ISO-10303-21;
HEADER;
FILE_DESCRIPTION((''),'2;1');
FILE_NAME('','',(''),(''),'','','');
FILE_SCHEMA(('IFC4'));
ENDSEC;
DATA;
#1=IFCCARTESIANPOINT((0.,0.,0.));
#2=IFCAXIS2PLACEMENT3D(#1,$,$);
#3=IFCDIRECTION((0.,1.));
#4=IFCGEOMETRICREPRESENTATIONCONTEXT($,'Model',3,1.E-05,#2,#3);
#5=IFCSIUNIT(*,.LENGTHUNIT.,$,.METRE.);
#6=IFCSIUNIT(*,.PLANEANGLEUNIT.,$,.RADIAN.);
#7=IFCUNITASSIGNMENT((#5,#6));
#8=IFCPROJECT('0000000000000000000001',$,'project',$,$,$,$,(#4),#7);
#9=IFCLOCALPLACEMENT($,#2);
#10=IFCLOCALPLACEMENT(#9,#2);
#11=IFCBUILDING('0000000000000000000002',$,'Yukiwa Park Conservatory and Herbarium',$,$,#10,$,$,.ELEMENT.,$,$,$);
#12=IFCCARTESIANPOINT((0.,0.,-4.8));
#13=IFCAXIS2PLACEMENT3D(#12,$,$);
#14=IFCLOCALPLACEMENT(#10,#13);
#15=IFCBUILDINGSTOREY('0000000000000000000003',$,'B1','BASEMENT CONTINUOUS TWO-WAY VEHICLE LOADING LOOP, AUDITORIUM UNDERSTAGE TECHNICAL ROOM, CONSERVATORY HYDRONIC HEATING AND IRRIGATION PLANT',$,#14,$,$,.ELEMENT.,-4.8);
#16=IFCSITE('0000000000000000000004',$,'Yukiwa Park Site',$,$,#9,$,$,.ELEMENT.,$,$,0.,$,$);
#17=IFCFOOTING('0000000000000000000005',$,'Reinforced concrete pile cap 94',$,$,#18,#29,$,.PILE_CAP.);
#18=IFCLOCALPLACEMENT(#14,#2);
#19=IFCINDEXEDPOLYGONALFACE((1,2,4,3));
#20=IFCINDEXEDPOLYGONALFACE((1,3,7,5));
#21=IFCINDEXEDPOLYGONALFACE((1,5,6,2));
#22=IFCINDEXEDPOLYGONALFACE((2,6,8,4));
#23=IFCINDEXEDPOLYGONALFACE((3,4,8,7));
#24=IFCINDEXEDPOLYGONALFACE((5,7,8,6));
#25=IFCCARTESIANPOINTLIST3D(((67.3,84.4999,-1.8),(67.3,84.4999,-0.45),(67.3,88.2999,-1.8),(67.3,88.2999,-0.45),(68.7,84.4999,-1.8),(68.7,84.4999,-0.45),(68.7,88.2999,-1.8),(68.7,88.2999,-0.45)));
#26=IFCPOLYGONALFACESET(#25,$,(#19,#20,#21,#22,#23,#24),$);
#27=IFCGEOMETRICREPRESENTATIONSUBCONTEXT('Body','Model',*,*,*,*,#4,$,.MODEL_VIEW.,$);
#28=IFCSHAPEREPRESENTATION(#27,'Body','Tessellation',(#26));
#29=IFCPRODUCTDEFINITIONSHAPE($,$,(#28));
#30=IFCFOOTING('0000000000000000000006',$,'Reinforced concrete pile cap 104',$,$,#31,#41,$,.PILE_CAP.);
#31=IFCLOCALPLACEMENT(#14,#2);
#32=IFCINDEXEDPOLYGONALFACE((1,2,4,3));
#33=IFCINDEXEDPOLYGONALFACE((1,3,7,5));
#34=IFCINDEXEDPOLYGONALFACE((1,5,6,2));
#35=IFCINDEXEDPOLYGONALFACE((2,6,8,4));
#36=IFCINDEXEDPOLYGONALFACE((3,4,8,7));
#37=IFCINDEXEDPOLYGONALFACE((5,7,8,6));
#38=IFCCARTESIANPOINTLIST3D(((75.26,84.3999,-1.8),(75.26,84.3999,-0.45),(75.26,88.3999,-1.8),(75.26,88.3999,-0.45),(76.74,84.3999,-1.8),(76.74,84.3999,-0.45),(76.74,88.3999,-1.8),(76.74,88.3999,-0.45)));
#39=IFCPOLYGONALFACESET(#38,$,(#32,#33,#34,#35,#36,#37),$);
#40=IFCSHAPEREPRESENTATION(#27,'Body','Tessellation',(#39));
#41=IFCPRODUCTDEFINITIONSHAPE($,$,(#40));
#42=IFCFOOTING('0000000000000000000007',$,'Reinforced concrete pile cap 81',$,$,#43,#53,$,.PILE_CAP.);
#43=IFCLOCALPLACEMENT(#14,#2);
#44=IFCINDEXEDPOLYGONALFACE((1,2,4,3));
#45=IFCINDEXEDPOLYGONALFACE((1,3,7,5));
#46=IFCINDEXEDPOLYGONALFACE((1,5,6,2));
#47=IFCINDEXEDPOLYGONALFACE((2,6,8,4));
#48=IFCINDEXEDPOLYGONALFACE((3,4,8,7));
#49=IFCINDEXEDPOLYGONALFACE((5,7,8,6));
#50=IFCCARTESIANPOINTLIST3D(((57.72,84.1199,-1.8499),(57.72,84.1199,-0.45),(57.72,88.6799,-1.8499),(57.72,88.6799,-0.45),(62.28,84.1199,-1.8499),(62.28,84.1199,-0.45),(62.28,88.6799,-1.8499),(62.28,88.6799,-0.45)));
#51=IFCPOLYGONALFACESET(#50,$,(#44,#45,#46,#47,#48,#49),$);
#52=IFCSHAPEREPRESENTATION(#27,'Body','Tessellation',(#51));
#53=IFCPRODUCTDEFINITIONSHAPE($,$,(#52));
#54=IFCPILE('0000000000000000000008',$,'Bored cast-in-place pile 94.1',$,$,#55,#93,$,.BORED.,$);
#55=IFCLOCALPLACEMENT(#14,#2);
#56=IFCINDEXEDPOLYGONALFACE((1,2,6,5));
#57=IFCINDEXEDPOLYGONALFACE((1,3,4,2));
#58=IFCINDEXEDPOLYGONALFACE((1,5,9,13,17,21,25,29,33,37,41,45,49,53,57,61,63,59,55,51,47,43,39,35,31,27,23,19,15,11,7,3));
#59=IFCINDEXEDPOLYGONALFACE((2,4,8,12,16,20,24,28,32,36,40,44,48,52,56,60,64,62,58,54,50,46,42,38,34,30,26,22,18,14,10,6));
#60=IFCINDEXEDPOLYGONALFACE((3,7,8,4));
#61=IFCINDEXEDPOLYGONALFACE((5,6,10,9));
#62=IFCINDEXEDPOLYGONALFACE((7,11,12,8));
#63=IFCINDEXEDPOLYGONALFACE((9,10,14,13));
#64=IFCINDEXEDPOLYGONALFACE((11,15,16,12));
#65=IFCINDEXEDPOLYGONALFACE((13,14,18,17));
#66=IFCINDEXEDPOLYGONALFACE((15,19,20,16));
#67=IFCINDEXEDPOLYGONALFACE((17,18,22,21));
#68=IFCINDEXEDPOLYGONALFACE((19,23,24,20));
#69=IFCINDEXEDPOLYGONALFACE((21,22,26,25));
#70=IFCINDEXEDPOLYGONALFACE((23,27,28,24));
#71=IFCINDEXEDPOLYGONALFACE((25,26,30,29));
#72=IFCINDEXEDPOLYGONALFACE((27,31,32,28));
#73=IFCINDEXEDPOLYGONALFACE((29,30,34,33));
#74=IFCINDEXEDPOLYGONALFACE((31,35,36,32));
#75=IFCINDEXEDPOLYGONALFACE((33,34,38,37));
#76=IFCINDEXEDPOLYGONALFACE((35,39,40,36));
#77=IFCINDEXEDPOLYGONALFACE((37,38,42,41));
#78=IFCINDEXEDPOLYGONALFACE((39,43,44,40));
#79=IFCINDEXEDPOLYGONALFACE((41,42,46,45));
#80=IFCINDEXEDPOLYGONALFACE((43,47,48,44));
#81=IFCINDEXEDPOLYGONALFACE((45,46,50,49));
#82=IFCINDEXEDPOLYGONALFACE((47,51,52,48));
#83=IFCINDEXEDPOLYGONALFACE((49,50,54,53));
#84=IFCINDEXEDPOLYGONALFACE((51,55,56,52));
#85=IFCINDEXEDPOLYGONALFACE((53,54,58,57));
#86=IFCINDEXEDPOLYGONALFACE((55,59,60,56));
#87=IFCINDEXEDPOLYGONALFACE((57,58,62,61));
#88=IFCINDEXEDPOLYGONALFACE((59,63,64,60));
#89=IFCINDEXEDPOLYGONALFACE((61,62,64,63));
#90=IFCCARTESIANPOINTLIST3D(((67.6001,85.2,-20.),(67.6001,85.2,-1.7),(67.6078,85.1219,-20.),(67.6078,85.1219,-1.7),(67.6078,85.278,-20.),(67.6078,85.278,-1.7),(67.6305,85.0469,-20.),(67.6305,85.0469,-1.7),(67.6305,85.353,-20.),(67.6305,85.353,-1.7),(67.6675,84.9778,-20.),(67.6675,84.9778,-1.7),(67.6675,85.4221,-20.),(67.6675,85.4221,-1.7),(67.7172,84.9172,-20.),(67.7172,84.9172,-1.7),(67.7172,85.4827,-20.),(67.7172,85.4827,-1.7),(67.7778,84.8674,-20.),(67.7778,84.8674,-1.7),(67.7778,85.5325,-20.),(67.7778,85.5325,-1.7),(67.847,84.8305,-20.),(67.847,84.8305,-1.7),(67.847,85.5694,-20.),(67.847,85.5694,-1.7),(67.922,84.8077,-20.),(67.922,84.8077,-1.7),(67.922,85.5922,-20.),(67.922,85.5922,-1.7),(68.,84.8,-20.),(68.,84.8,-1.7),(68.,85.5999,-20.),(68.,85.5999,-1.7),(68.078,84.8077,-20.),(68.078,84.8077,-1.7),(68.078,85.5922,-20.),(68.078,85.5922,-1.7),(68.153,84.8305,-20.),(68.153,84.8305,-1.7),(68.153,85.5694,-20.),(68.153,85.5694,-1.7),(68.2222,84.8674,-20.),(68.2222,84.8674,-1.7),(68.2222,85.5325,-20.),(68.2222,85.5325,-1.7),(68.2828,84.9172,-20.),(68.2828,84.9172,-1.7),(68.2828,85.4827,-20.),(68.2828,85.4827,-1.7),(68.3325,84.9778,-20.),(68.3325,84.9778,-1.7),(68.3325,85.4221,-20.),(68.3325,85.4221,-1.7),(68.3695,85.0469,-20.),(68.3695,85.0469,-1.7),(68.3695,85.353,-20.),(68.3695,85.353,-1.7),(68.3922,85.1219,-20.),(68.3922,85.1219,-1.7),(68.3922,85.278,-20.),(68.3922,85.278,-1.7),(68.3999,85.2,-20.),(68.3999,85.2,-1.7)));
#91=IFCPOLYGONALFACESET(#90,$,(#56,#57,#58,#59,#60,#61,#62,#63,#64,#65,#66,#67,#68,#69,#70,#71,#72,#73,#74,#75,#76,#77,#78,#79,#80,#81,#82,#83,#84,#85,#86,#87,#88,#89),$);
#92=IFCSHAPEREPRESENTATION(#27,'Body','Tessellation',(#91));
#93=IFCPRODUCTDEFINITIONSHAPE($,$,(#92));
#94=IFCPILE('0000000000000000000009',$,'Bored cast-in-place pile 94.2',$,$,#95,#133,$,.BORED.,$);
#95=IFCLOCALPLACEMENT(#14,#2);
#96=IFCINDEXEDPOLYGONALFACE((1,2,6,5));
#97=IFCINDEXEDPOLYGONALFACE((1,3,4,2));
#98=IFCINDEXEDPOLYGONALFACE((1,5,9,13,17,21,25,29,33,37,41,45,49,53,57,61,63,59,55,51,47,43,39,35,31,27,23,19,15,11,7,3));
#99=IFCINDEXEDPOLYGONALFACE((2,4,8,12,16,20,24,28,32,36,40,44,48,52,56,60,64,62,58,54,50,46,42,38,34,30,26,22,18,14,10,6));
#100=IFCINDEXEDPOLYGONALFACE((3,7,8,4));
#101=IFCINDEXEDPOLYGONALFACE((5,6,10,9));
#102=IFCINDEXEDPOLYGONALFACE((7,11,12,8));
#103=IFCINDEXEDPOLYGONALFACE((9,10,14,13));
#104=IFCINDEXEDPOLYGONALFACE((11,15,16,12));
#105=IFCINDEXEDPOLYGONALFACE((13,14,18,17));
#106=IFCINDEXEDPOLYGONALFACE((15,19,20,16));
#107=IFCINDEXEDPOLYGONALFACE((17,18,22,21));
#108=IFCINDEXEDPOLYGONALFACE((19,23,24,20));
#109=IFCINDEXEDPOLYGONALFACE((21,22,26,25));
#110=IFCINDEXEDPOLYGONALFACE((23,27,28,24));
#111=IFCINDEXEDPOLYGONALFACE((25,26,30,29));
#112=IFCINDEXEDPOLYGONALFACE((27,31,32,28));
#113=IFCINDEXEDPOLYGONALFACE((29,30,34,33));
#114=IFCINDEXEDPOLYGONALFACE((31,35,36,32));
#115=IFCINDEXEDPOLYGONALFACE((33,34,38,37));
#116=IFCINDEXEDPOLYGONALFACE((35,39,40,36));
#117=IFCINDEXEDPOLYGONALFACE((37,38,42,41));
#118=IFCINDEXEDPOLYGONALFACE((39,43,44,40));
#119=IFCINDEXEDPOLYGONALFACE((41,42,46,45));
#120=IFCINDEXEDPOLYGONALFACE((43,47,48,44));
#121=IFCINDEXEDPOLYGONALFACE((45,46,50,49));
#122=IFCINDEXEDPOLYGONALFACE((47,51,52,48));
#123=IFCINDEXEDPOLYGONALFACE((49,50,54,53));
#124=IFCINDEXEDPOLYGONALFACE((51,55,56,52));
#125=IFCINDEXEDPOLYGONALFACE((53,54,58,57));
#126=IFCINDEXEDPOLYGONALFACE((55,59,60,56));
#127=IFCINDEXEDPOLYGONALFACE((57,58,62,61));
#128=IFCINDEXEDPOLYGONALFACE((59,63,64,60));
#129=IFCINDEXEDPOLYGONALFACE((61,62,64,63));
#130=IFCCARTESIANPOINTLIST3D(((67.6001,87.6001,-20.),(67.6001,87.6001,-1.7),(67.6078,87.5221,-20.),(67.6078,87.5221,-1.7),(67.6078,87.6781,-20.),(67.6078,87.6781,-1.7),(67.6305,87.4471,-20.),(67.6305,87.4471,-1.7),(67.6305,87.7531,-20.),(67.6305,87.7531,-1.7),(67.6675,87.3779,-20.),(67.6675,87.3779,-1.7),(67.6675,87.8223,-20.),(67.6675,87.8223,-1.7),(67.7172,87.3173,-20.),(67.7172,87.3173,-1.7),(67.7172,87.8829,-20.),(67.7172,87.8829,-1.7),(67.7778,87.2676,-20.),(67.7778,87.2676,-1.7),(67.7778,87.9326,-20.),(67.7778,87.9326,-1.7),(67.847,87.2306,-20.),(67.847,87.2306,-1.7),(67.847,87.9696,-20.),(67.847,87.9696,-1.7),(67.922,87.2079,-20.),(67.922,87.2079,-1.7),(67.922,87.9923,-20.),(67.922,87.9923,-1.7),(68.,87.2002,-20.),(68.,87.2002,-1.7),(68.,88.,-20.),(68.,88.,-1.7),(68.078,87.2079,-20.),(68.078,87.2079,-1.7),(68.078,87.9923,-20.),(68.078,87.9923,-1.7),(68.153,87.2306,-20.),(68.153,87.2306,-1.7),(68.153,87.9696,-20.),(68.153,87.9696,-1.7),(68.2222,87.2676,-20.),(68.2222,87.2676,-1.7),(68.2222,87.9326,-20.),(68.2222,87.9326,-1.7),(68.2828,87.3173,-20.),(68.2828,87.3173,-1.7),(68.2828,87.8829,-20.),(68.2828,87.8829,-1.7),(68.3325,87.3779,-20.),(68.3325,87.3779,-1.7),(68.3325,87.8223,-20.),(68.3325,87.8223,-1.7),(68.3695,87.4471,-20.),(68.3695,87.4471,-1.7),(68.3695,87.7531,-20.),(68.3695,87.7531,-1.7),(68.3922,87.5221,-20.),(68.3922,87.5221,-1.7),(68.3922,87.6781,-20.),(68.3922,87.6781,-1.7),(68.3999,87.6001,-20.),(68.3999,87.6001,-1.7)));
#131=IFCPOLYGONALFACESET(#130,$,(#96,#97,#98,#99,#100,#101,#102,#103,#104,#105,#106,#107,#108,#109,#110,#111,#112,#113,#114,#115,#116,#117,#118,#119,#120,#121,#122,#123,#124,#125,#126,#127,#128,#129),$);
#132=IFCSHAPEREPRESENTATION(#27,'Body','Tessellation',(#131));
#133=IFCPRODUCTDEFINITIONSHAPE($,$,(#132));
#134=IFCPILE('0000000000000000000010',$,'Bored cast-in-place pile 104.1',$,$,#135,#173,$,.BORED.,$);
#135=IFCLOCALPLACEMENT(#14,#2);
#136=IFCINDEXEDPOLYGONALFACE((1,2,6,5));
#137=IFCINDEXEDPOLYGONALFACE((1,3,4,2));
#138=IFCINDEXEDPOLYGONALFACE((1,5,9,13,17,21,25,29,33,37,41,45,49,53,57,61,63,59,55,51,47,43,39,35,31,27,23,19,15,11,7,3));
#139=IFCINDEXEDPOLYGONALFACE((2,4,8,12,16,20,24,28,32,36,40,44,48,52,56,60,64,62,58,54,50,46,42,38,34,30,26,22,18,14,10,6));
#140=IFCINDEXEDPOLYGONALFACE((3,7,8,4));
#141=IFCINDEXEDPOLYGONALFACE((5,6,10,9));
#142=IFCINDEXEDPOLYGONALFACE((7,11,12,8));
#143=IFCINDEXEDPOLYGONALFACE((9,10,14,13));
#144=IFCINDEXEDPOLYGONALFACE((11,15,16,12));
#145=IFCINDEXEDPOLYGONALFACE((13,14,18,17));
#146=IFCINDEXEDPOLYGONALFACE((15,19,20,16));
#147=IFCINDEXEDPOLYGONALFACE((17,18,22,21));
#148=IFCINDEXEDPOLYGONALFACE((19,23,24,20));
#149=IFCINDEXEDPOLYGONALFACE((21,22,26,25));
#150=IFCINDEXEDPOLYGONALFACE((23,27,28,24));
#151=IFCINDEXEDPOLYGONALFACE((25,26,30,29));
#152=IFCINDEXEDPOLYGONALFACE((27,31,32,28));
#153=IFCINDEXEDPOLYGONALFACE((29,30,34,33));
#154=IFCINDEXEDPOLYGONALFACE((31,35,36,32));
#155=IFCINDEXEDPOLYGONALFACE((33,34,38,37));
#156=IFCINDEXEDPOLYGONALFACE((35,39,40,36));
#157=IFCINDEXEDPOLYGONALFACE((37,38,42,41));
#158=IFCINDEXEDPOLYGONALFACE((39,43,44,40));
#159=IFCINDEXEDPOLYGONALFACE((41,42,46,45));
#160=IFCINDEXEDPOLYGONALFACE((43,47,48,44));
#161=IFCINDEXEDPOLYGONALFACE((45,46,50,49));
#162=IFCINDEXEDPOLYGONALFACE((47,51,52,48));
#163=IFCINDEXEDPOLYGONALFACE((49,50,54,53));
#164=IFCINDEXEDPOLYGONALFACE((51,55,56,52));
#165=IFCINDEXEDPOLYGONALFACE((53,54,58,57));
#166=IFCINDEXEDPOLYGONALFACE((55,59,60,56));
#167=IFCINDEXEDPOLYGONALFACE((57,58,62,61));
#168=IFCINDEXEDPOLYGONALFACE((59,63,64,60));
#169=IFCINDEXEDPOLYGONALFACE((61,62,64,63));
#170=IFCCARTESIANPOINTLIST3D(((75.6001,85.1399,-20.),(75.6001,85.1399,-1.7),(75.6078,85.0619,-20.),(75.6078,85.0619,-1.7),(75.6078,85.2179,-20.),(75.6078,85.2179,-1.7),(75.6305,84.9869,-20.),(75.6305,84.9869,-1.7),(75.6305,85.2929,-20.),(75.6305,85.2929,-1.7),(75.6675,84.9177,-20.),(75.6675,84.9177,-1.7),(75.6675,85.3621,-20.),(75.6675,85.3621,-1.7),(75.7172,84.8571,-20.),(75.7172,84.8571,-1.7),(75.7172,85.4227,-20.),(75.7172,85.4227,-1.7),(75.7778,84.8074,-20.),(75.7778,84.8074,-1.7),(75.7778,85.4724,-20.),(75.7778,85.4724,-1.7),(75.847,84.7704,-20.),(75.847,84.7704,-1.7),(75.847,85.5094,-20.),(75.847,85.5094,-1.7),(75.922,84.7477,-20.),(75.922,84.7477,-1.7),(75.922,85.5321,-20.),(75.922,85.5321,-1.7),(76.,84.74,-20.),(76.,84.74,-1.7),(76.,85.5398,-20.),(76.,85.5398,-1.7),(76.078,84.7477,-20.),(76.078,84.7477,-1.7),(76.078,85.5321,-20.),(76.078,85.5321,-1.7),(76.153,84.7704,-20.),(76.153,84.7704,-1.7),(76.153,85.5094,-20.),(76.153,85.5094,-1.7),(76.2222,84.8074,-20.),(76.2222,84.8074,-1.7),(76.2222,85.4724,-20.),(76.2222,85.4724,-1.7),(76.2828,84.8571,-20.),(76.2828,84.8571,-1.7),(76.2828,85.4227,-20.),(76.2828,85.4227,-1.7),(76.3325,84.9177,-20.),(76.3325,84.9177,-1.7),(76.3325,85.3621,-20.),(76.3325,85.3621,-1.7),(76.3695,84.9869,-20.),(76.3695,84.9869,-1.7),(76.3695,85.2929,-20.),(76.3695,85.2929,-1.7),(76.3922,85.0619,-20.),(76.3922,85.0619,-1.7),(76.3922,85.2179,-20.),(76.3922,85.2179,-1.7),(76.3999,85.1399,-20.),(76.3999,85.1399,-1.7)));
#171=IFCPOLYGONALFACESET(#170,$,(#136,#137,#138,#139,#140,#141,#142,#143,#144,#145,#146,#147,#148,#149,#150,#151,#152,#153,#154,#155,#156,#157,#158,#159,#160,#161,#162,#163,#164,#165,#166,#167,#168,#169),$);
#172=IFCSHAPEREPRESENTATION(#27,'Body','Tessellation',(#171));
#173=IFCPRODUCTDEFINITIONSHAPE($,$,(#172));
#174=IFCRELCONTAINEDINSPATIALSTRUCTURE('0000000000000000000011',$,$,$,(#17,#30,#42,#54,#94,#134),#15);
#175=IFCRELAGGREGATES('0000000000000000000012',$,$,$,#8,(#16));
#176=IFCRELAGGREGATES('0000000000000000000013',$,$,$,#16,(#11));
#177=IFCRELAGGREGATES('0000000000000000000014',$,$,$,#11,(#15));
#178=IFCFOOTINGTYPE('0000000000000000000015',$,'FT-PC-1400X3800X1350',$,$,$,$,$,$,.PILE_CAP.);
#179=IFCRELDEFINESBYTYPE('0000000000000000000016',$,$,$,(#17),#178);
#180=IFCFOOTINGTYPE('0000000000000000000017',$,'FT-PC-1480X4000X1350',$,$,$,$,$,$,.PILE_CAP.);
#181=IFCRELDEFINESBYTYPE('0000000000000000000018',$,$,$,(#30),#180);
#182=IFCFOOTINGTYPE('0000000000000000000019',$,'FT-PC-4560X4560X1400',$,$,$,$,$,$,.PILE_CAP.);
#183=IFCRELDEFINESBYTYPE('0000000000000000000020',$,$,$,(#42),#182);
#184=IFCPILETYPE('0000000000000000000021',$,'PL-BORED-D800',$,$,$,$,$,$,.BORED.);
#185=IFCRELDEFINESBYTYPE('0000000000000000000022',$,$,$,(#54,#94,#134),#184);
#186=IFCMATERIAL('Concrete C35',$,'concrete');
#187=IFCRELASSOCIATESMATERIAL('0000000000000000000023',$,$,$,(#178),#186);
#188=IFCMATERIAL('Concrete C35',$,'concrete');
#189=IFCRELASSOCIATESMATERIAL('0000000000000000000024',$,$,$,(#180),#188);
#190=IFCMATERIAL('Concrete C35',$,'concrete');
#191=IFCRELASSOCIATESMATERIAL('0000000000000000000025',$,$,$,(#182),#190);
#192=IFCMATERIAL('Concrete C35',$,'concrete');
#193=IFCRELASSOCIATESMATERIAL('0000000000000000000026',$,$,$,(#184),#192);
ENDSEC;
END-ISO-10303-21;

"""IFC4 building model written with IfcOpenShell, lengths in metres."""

from ifc_helpers import new_model, si_unit, direction, frame, origin, origin_2d, place, context, subcontext, project, spatial, rectangle, circle, extrude, material, material_profile, profile_set, type_object, element, save


model = new_model("IFC4")

# Units and contexts
model_context = context("Model", 3, precision=1e-05, world=origin(), true_north=direction((0.0, 1.0)))
body_context = subcontext(model_context, "Body", "Model", "MODEL_VIEW")
ifc_project = project(units=[si_unit("LENGTHUNIT", "METRE"), si_unit("PLANEANGLEUNIT", "RADIAN")], contexts=[model_context])

# Site, building, storey
site_placement = place(None, origin())
site = spatial("IfcSite", under=ifc_project, at=site_placement, Name="Yukiwa Park Site", CompositionType="ELEMENT", RefElevation=0.0)
building_placement = place(site_placement, origin())
building = spatial("IfcBuilding", under=site, at=building_placement, Name="Yukiwa Park Conservatory and Herbarium", CompositionType="ELEMENT")
storey_placement = place(building_placement, frame((0.0, 0.0, -4.8)))
storey = spatial("IfcBuildingStorey", under=building, at=storey_placement, Name="B1", Description="BASEMENT CONTINUOUS TWO-WAY VEHICLE LOADING LOOP, AUDITORIUM UNDERSTAGE TECHNICAL ROOM, CONSERVATORY HYDRONIC HEATING AND IRRIGATION PLANT", CompositionType="ELEMENT", Elevation=-4.8)

# Footings
ifc_material_1 = material(Name="Concrete C35", Category="concrete")
footing_type_1 = type_object("IfcFootingType", Name="FT-PC-1400X3800X1350", PredefinedType="PILE_CAP", material=ifc_material_1)
footing_1_placement = place(storey_placement, frame((68.0, 86.3999, -1.8), z_axis=(0.0, 0.0, 1.0), x_axis=(1.0, 0.0, 0.0)))
element("IfcFooting", 1, at=footing_1_placement, inside=storey, type_object=footing_type_1, Name="Reinforced concrete pile cap 94", PredefinedType="PILE_CAP", context=body_context, shape_type="SweptSolid", body=[
    extrude(rectangle(XDim=1.3999, YDim=3.8, at=origin_2d()), origin(), (0.0, 0.0, 1.0), 1.3501),
])
ifc_material_2 = material(Name="Concrete C35", Category="concrete")
footing_type_2 = type_object("IfcFootingType", Name="FT-PC-1480X4000X1350", PredefinedType="PILE_CAP", material=ifc_material_2)
footing_2_placement = place(storey_placement, frame((76.0, 86.3999, -1.8), z_axis=(0.0, 0.0, 1.0), x_axis=(1.0, 0.0, 0.0)))
element("IfcFooting", 2, at=footing_2_placement, inside=storey, type_object=footing_type_2, Name="Reinforced concrete pile cap 104", PredefinedType="PILE_CAP", context=body_context, shape_type="SweptSolid", body=[
    extrude(rectangle(XDim=1.48, YDim=4.0, at=origin_2d()), origin(), (0.0, 0.0, 1.0), 1.3501),
])
ifc_material_3 = material(Name="Concrete C35", Category="concrete")
footing_type_3 = type_object("IfcFootingType", Name="FT-PC-4560X4560X1400", PredefinedType="PILE_CAP", material=ifc_material_3)
footing_3_placement = place(storey_placement, frame((60.0, 86.3999, -1.8499), z_axis=(0.0, 0.0, 1.0), x_axis=(1.0, 0.0, 0.0)))
element("IfcFooting", 3, at=footing_3_placement, inside=storey, type_object=footing_type_3, Name="Reinforced concrete pile cap 81", PredefinedType="PILE_CAP", context=body_context, shape_type="SweptSolid", body=[
    extrude(rectangle(XDim=4.5601, YDim=4.5601, at=origin_2d()), origin(), (0.0, 0.0, 1.0), 1.3999),
])

# Piles
ifc_material_4 = material(Name="Concrete C35", Category="concrete")
ifc_material_profile_1 = material_profile(ifc_material_4, circle(Radius=0.3999, at=origin_2d()), Name="PILE D800")
ifc_profile_set_1 = profile_set([ifc_material_profile_1], Name="Concrete C35")
pile_type_1 = type_object("IfcPileType", Name="PL-BORED-D800", PredefinedType="BORED", material=ifc_profile_set_1)
for number, where, z_axis, x_axis, name in (
    (4, (68.0, 85.2, -1.7), (0.0, 0.0, -1.0), (1.0, 0.0, 0.0), "Bored cast-in-place pile 94.1"),
    (5, (68.0, 87.6001, -1.7), (0.0, 0.0, -1.0), (1.0, 0.0, 0.0), "Bored cast-in-place pile 94.2"),
    (6, (76.0, 85.1399, -1.7), (0.0, 0.0, -1.0), (1.0, 0.0, 0.0), "Bored cast-in-place pile 104.1"),
):
    element("IfcPile", number, at=place(storey_placement, frame(where, z_axis=z_axis, x_axis=x_axis)), inside=storey, type_object=pile_type_1, Name=name, PredefinedType="BORED", context=body_context, shape_type="SweptSolid", body=[
        extrude(circle(Radius=0.3999, at=origin_2d()), origin(), (0.0, 0.0, 1.0), 18.3),
    ])

save(model, "model.ifc")
